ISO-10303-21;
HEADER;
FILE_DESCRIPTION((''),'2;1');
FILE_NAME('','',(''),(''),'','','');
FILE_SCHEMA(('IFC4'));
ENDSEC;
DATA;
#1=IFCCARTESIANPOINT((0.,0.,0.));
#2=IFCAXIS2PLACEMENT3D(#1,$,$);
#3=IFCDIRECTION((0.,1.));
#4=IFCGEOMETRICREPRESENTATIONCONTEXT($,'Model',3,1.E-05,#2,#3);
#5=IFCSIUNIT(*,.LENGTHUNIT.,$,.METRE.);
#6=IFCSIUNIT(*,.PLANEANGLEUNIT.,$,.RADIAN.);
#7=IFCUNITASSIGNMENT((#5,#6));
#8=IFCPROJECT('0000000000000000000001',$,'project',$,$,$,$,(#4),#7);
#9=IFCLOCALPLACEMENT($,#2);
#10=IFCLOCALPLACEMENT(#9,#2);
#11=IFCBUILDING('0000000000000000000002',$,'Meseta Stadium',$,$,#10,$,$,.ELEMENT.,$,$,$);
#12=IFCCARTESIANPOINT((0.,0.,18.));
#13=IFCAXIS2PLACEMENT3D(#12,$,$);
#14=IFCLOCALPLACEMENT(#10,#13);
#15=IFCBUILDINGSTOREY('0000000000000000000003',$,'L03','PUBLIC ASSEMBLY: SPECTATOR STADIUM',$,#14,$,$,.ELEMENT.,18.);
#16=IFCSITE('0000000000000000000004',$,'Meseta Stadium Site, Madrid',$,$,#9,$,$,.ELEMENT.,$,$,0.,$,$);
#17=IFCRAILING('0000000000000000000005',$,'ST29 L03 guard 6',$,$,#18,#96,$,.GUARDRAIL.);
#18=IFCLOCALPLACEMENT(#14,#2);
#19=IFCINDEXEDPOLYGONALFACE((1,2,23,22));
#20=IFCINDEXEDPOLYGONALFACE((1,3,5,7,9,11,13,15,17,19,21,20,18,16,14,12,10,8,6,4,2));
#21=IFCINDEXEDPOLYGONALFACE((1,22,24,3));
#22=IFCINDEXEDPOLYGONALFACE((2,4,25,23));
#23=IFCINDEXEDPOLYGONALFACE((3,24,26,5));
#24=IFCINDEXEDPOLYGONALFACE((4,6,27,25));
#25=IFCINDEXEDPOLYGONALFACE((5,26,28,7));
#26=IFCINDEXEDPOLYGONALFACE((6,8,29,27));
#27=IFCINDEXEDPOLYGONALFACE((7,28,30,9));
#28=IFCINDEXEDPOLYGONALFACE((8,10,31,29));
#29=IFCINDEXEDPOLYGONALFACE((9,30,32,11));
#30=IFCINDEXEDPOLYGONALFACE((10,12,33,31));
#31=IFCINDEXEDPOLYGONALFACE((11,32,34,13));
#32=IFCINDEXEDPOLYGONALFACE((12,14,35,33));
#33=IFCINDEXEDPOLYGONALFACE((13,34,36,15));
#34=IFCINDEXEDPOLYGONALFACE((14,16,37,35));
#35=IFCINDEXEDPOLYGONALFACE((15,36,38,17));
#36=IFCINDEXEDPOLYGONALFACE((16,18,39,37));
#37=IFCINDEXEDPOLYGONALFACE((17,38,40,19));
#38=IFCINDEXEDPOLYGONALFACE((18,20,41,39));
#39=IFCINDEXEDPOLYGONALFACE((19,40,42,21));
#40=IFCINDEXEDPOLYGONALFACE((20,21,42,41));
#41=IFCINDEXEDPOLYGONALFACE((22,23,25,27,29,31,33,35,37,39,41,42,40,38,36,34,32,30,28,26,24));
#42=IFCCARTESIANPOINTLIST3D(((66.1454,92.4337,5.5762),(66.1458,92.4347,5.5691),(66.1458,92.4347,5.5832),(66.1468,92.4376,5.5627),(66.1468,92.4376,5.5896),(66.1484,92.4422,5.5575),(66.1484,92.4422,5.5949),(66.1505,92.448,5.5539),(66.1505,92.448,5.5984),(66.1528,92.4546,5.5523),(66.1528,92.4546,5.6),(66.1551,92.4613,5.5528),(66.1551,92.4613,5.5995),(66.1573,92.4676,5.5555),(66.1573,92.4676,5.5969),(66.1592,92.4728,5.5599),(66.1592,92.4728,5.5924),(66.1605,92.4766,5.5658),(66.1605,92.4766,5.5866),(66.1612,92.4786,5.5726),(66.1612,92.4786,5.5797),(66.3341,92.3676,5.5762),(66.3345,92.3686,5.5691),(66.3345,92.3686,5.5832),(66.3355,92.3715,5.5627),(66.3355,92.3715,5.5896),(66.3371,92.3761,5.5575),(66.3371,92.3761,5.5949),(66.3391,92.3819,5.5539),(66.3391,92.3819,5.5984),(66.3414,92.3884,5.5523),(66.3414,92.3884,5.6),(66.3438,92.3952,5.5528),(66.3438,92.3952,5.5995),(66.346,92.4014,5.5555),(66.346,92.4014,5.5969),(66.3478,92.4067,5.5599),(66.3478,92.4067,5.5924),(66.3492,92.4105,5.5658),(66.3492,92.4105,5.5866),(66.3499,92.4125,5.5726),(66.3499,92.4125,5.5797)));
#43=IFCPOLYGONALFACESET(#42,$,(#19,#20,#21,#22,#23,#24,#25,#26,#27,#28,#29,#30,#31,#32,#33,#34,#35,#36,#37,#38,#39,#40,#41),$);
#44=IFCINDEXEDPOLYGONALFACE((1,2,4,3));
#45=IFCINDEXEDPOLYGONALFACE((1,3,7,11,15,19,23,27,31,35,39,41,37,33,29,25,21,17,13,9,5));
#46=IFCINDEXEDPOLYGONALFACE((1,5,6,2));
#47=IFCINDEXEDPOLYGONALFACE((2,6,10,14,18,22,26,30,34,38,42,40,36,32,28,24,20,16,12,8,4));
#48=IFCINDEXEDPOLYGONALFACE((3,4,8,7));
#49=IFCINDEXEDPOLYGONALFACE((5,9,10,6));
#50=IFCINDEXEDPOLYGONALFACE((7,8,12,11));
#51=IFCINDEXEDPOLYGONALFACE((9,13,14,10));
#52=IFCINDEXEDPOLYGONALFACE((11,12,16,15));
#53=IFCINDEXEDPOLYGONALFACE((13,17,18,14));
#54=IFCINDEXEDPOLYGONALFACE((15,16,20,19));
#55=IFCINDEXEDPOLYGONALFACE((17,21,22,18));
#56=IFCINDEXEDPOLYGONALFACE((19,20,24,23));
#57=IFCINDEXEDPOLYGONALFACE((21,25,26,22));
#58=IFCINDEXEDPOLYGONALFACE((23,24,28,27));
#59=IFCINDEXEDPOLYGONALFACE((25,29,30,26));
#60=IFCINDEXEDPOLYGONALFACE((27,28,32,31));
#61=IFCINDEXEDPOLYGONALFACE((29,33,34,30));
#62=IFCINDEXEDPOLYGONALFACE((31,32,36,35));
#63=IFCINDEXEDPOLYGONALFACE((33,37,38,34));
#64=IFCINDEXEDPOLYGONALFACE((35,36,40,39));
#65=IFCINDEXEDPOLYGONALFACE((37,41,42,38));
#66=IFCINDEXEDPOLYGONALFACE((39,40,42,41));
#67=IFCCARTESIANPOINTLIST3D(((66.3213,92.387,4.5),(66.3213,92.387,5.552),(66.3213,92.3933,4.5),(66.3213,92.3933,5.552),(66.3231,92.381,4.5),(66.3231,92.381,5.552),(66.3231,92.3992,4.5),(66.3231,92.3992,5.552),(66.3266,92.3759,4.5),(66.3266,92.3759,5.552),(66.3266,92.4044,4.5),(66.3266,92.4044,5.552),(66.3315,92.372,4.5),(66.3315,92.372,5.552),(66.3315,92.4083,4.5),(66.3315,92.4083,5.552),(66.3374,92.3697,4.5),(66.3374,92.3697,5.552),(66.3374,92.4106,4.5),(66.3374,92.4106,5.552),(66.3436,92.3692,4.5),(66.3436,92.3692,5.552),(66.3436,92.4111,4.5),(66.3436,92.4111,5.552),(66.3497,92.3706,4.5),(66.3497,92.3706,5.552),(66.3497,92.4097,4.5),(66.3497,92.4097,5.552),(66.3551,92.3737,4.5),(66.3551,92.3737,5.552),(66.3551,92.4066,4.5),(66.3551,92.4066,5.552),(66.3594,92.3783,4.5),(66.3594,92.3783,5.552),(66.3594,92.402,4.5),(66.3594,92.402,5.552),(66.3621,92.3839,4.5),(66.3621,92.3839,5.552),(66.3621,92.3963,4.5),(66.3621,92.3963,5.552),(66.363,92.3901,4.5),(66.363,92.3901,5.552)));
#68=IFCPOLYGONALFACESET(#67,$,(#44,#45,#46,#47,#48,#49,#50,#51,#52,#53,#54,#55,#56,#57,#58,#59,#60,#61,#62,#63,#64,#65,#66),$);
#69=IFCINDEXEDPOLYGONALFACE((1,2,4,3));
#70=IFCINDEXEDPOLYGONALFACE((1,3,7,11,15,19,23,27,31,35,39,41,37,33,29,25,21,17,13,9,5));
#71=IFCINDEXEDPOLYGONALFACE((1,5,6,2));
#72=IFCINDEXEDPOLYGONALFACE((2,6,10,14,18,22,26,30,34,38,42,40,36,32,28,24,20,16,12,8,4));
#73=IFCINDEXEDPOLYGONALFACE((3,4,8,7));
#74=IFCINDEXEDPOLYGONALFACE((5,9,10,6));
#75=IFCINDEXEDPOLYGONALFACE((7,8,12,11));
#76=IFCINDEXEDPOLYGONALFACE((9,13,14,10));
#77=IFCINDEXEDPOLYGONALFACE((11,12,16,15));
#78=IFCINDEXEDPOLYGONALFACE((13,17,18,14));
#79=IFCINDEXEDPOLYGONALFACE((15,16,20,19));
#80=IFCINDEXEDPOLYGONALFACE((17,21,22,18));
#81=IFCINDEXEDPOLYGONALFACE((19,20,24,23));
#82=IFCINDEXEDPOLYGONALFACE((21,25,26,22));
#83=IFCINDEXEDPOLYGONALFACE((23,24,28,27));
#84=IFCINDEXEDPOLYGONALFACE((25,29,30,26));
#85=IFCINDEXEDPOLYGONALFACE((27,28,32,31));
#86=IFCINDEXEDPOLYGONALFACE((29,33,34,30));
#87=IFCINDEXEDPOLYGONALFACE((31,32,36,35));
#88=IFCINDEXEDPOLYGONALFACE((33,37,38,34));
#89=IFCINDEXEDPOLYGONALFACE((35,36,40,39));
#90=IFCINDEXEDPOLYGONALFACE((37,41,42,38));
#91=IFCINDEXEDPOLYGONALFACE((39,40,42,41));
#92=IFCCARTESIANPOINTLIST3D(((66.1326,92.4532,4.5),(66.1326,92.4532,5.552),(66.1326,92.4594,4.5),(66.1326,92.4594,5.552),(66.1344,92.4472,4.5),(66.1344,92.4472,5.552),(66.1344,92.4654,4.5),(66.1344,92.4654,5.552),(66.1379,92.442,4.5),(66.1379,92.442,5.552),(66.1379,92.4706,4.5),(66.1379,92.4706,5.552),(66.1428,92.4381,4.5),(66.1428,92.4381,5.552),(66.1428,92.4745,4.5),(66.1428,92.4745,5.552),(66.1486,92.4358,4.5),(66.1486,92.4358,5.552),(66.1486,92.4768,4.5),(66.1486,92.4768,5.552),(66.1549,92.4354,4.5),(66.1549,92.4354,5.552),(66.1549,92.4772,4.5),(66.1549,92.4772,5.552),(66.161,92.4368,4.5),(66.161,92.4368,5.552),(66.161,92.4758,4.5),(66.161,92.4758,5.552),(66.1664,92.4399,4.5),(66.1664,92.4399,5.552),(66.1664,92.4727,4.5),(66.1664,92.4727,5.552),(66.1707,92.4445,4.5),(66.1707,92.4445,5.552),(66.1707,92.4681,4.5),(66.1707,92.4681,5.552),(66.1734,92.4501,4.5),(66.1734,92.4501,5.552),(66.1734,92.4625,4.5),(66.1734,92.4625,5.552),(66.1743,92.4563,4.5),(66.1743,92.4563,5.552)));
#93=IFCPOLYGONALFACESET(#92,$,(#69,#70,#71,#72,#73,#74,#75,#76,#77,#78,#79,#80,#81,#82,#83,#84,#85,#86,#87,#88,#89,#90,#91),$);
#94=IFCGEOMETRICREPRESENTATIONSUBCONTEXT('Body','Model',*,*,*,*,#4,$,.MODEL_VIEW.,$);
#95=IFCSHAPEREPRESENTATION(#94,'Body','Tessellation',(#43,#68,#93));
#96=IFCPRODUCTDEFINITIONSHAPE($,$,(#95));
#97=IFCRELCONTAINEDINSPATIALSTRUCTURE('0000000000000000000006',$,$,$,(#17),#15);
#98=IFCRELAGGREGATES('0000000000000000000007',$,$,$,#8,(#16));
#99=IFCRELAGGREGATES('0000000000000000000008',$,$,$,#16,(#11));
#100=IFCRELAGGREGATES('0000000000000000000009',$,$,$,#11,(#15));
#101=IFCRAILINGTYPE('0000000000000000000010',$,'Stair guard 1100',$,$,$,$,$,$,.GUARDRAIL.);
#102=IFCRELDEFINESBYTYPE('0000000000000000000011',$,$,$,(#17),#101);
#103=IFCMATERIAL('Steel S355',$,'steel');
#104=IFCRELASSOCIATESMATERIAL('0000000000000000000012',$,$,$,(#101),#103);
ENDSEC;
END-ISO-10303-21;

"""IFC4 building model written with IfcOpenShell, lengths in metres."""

from ifc_helpers import new_model, si_unit, direction, frame, origin, origin_2d, place, context, subcontext, project, spatial, circle, extrude, material, type_object, element, save


model = new_model("IFC4")

# Units and contexts
model_context = context("Model", 3, precision=1e-05, world=origin(), true_north=direction((0.0, 1.0)))
body_context = subcontext(model_context, "Body", "Model", "MODEL_VIEW")
ifc_project = project(units=[si_unit("LENGTHUNIT", "METRE"), si_unit("PLANEANGLEUNIT", "RADIAN")], contexts=[model_context])

# Site, building, storey
site_placement = place(None, origin())
site = spatial("IfcSite", under=ifc_project, at=site_placement, Name="Meseta Stadium Site, Madrid", CompositionType="ELEMENT", RefElevation=0.0)
building_placement = place(site_placement, origin())
building = spatial("IfcBuilding", under=site, at=building_placement, Name="Meseta Stadium", CompositionType="ELEMENT")
storey_placement = place(building_placement, frame((0.0, 0.0, 18.0)))
storey = spatial("IfcBuildingStorey", under=building, at=storey_placement, Name="L03", Description="PUBLIC ASSEMBLY: SPECTATOR STADIUM", CompositionType="ELEMENT", Elevation=18.0)

# Railing
ifc_material_1 = material(Name="Steel S355", Category="steel")
railing_type_1 = type_object("IfcRailingType", Name="Stair guard 1100", PredefinedType="GUARDRAIL", material=ifc_material_1)
railing_1_placement = place(storey_placement, frame((66.342, 92.3901, 4.5)))
element("IfcRailing", 1, at=railing_1_placement, inside=storey, type_object=railing_type_1, Name="ST29 L03 guard 6", PredefinedType="GUARDRAIL", context=body_context, shape_type="SweptSolid", body=[
    extrude(circle(Radius=0.0239, at=origin_2d()), frame((0.0, 0.0, 1.0762), z_axis=(-0.943687, 0.33084, 0.0), x_axis=(-0.33084, -0.943687, 0.0)), (0.0, 0.0, 1.0), 0.2),
    extrude(circle(Radius=0.021, at=origin_2d()), origin(), (0.0, 0.0, 1.0), 1.052),
    extrude(circle(Radius=0.021, at=origin_2d()), frame((-0.1887, 0.0662, 0.0)), (0.0, 0.0, 1.0), 1.052),
])

save(model, "model.ifc")
